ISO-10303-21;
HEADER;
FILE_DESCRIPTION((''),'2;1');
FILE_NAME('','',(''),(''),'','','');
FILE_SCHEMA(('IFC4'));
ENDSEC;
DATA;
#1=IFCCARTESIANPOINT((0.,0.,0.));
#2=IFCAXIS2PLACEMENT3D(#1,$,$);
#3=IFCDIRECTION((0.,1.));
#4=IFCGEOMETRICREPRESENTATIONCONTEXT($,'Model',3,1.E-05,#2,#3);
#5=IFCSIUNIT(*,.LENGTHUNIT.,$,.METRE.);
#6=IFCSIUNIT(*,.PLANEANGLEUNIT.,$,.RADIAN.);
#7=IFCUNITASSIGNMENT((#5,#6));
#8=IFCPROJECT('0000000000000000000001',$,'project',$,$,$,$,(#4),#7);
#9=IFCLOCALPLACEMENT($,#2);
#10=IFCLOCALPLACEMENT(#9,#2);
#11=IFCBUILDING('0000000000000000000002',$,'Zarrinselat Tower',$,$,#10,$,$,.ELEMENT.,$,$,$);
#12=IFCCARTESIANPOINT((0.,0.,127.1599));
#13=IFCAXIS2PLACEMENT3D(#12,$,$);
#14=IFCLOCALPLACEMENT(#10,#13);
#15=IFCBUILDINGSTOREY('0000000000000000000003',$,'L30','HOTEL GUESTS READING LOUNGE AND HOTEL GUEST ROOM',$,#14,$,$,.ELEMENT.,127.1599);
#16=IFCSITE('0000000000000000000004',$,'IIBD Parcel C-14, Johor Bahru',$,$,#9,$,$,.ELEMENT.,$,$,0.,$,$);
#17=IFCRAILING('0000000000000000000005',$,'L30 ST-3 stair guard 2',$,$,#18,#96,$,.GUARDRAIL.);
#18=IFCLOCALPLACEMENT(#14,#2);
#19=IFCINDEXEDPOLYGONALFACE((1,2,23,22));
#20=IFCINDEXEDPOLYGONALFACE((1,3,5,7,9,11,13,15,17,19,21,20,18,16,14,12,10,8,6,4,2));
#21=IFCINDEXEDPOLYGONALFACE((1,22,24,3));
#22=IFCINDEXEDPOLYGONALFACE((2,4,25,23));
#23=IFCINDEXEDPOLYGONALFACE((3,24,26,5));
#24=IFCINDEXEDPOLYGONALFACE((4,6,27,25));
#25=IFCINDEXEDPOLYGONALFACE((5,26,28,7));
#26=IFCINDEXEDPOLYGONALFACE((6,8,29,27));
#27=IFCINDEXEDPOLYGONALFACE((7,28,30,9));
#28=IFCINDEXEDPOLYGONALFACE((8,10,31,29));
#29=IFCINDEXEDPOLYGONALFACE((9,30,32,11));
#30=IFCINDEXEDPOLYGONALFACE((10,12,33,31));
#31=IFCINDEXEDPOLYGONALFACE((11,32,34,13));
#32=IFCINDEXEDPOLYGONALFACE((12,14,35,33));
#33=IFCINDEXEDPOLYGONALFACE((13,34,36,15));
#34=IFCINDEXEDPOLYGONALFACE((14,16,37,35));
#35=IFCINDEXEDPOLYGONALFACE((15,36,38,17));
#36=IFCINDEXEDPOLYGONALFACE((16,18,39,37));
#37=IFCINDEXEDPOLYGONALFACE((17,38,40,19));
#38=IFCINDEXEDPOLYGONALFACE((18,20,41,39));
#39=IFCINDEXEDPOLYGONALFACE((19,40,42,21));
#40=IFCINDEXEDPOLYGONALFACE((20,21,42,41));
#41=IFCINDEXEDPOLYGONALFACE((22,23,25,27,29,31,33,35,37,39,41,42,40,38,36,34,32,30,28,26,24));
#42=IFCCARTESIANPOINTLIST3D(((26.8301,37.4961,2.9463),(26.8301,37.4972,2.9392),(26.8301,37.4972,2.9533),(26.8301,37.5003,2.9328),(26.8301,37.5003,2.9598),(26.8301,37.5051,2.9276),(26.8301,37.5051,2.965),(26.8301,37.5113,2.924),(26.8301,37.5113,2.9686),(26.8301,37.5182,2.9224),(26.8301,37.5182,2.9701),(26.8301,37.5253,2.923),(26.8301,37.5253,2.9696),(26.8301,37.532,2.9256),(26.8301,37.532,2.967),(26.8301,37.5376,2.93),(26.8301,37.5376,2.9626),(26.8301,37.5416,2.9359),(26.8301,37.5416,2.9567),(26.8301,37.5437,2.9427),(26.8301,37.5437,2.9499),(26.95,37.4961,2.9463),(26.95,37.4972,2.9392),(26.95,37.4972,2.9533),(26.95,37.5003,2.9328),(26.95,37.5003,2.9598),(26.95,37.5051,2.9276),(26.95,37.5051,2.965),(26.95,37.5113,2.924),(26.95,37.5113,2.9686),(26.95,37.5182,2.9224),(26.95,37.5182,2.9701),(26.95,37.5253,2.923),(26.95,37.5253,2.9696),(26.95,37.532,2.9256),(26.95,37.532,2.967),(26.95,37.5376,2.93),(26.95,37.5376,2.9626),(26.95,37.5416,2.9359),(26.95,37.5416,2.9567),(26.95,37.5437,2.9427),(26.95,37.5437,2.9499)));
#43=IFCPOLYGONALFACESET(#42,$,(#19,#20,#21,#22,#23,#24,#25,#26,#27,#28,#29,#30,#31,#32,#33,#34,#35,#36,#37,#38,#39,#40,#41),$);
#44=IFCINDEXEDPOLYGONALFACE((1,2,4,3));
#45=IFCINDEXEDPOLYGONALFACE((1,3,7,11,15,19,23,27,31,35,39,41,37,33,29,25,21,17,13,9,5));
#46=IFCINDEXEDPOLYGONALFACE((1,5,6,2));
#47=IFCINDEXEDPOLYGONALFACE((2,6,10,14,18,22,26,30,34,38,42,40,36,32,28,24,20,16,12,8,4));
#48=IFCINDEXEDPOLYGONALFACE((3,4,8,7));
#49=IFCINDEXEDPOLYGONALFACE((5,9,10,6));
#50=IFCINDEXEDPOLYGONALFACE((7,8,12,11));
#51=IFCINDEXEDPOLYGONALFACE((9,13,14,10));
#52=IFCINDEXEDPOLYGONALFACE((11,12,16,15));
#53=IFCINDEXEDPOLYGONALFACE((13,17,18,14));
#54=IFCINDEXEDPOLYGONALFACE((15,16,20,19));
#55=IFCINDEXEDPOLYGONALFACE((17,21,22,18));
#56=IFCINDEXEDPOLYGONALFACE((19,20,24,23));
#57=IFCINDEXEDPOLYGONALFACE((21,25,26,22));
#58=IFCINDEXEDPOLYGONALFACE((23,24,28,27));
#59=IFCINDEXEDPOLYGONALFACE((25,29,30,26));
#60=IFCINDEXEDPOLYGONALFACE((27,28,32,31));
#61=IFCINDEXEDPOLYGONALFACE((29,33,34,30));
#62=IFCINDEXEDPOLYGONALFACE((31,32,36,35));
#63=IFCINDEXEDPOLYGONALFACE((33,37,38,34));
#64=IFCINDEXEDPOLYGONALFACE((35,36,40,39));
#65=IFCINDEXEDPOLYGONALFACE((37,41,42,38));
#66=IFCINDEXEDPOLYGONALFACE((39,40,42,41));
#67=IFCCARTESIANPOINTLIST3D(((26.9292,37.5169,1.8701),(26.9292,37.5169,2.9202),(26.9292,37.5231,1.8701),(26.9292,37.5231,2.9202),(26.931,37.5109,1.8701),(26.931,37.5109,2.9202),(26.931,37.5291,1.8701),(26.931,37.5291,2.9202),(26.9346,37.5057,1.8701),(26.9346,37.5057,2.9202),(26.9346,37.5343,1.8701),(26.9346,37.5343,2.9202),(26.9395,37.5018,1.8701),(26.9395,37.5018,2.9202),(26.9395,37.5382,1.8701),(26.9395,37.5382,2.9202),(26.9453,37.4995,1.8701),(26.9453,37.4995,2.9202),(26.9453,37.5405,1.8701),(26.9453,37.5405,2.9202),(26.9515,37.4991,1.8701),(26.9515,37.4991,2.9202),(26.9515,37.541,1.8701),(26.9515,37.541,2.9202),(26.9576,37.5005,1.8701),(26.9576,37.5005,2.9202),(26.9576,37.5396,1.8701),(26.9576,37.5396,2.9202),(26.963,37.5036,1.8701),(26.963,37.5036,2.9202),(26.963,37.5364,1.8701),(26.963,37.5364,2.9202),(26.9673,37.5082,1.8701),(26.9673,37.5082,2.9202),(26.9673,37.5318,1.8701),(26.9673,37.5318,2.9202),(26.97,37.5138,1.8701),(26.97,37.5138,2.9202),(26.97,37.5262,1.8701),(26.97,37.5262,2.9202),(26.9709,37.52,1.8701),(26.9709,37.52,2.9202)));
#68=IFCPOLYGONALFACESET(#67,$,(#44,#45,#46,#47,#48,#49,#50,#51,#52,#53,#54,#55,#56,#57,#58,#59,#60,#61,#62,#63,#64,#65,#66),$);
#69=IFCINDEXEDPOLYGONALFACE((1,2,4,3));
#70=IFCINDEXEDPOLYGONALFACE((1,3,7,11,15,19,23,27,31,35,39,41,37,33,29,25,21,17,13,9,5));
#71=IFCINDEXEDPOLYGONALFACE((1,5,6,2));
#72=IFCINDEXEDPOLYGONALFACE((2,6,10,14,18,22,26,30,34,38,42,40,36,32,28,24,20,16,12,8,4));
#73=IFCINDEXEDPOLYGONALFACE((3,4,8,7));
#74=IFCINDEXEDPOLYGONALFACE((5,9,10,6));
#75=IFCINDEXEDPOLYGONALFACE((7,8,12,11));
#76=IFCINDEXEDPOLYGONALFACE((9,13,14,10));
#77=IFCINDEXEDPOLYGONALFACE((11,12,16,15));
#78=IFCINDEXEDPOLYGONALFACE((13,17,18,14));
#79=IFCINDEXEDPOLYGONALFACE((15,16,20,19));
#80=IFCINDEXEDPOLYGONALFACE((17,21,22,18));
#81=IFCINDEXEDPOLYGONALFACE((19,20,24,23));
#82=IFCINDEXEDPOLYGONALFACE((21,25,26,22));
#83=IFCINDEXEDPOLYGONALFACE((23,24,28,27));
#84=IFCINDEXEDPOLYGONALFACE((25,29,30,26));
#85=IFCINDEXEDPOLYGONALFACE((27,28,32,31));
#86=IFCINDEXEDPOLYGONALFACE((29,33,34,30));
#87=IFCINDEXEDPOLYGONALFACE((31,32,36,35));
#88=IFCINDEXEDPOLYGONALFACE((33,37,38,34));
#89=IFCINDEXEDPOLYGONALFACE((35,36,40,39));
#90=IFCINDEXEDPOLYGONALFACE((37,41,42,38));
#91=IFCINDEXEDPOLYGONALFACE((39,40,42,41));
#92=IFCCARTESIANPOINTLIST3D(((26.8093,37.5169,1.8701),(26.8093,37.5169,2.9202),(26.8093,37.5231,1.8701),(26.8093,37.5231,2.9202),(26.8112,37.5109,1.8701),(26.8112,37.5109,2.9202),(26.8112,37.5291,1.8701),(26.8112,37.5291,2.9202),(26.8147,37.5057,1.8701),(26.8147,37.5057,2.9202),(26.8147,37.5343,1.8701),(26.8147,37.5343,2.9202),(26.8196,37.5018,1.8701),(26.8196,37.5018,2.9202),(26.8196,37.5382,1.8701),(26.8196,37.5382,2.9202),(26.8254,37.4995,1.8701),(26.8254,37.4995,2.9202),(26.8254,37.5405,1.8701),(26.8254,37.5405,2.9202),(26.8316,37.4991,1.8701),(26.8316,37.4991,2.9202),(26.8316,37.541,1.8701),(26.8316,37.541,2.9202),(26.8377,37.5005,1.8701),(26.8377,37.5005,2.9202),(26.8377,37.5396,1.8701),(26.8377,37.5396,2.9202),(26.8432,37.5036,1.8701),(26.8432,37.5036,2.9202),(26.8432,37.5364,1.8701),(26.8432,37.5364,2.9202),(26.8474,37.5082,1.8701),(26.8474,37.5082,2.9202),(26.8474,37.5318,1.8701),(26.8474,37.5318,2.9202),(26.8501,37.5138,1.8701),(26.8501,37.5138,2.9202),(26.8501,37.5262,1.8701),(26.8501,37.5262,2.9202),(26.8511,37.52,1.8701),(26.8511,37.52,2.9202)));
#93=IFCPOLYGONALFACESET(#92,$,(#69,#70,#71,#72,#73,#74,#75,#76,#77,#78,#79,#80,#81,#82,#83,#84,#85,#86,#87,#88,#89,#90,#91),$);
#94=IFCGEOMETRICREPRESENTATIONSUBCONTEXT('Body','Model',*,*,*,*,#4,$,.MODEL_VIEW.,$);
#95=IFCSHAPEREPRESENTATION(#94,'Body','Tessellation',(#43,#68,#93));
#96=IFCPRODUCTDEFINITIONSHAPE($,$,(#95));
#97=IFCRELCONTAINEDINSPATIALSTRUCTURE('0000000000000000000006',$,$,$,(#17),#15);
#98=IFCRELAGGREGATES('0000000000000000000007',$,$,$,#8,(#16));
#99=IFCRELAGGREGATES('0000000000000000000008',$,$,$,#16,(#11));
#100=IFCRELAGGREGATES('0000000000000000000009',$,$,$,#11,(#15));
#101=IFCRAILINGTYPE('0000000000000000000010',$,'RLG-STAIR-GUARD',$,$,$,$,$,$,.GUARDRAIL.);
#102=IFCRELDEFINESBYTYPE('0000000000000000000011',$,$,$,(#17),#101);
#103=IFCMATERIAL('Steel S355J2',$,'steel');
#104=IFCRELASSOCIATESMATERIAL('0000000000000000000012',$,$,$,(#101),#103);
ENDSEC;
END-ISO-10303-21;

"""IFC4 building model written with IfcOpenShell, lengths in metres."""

from ifc_helpers import new_model, si_unit, direction, frame, origin, origin_2d, place, context, subcontext, project, spatial, circle, extrude, material, type_object, element, save


model = new_model("IFC4")

# Units and contexts
model_context = context("Model", 3, precision=1e-05, world=origin(), true_north=direction((0.0, 1.0)))
body_context = subcontext(model_context, "Body", "Model", "MODEL_VIEW")
ifc_project = project(units=[si_unit("LENGTHUNIT", "METRE"), si_unit("PLANEANGLEUNIT", "RADIAN")], contexts=[model_context])

# Site, building, storey
site_placement = place(None, origin())
site = spatial("IfcSite", under=ifc_project, at=site_placement, Name="IIBD Parcel C-14, Johor Bahru", CompositionType="ELEMENT", RefElevation=0.0)
building_placement = place(site_placement, origin())
building = spatial("IfcBuilding", under=site, at=building_placement, Name="Zarrinselat Tower", CompositionType="ELEMENT")
storey_placement = place(building_placement, frame((0.0, 0.0, 127.1599)))
storey = spatial("IfcBuildingStorey", under=building, at=storey_placement, Name="L30", Description="HOTEL GUESTS READING LOUNGE AND HOTEL GUEST ROOM", CompositionType="ELEMENT", Elevation=127.1599)

# Railing
ifc_material_1 = material(Name="Steel S355J2", Category="steel")
railing_type_1 = type_object("IfcRailingType", Name="RLG-STAIR-GUARD", PredefinedType="GUARDRAIL", material=ifc_material_1)
railing_1_placement = place(storey_placement, frame((26.95, 37.52, 1.8701)))
element("IfcRailing", 1, at=railing_1_placement, inside=storey, type_object=railing_type_1, Name="L30 ST-3 stair guard 2", PredefinedType="GUARDRAIL", context=body_context, shape_type="SweptSolid", body=[
    extrude(circle(Radius=0.0239, at=origin_2d()), frame((0.0, 0.0, 1.0762), z_axis=(-1.0, 0.0, 0.0), x_axis=(0.0, -1.0, 0.0)), (0.0, 0.0, 1.0), 0.1199),
    extrude(circle(Radius=0.021, at=origin_2d()), origin(), (0.0, 0.0, 1.0), 1.05),
    extrude(circle(Radius=0.021, at=origin_2d()), frame((-0.1199, 0.0, 0.0)), (0.0, 0.0, 1.0), 1.05),
])

save(model, "model.ifc")
